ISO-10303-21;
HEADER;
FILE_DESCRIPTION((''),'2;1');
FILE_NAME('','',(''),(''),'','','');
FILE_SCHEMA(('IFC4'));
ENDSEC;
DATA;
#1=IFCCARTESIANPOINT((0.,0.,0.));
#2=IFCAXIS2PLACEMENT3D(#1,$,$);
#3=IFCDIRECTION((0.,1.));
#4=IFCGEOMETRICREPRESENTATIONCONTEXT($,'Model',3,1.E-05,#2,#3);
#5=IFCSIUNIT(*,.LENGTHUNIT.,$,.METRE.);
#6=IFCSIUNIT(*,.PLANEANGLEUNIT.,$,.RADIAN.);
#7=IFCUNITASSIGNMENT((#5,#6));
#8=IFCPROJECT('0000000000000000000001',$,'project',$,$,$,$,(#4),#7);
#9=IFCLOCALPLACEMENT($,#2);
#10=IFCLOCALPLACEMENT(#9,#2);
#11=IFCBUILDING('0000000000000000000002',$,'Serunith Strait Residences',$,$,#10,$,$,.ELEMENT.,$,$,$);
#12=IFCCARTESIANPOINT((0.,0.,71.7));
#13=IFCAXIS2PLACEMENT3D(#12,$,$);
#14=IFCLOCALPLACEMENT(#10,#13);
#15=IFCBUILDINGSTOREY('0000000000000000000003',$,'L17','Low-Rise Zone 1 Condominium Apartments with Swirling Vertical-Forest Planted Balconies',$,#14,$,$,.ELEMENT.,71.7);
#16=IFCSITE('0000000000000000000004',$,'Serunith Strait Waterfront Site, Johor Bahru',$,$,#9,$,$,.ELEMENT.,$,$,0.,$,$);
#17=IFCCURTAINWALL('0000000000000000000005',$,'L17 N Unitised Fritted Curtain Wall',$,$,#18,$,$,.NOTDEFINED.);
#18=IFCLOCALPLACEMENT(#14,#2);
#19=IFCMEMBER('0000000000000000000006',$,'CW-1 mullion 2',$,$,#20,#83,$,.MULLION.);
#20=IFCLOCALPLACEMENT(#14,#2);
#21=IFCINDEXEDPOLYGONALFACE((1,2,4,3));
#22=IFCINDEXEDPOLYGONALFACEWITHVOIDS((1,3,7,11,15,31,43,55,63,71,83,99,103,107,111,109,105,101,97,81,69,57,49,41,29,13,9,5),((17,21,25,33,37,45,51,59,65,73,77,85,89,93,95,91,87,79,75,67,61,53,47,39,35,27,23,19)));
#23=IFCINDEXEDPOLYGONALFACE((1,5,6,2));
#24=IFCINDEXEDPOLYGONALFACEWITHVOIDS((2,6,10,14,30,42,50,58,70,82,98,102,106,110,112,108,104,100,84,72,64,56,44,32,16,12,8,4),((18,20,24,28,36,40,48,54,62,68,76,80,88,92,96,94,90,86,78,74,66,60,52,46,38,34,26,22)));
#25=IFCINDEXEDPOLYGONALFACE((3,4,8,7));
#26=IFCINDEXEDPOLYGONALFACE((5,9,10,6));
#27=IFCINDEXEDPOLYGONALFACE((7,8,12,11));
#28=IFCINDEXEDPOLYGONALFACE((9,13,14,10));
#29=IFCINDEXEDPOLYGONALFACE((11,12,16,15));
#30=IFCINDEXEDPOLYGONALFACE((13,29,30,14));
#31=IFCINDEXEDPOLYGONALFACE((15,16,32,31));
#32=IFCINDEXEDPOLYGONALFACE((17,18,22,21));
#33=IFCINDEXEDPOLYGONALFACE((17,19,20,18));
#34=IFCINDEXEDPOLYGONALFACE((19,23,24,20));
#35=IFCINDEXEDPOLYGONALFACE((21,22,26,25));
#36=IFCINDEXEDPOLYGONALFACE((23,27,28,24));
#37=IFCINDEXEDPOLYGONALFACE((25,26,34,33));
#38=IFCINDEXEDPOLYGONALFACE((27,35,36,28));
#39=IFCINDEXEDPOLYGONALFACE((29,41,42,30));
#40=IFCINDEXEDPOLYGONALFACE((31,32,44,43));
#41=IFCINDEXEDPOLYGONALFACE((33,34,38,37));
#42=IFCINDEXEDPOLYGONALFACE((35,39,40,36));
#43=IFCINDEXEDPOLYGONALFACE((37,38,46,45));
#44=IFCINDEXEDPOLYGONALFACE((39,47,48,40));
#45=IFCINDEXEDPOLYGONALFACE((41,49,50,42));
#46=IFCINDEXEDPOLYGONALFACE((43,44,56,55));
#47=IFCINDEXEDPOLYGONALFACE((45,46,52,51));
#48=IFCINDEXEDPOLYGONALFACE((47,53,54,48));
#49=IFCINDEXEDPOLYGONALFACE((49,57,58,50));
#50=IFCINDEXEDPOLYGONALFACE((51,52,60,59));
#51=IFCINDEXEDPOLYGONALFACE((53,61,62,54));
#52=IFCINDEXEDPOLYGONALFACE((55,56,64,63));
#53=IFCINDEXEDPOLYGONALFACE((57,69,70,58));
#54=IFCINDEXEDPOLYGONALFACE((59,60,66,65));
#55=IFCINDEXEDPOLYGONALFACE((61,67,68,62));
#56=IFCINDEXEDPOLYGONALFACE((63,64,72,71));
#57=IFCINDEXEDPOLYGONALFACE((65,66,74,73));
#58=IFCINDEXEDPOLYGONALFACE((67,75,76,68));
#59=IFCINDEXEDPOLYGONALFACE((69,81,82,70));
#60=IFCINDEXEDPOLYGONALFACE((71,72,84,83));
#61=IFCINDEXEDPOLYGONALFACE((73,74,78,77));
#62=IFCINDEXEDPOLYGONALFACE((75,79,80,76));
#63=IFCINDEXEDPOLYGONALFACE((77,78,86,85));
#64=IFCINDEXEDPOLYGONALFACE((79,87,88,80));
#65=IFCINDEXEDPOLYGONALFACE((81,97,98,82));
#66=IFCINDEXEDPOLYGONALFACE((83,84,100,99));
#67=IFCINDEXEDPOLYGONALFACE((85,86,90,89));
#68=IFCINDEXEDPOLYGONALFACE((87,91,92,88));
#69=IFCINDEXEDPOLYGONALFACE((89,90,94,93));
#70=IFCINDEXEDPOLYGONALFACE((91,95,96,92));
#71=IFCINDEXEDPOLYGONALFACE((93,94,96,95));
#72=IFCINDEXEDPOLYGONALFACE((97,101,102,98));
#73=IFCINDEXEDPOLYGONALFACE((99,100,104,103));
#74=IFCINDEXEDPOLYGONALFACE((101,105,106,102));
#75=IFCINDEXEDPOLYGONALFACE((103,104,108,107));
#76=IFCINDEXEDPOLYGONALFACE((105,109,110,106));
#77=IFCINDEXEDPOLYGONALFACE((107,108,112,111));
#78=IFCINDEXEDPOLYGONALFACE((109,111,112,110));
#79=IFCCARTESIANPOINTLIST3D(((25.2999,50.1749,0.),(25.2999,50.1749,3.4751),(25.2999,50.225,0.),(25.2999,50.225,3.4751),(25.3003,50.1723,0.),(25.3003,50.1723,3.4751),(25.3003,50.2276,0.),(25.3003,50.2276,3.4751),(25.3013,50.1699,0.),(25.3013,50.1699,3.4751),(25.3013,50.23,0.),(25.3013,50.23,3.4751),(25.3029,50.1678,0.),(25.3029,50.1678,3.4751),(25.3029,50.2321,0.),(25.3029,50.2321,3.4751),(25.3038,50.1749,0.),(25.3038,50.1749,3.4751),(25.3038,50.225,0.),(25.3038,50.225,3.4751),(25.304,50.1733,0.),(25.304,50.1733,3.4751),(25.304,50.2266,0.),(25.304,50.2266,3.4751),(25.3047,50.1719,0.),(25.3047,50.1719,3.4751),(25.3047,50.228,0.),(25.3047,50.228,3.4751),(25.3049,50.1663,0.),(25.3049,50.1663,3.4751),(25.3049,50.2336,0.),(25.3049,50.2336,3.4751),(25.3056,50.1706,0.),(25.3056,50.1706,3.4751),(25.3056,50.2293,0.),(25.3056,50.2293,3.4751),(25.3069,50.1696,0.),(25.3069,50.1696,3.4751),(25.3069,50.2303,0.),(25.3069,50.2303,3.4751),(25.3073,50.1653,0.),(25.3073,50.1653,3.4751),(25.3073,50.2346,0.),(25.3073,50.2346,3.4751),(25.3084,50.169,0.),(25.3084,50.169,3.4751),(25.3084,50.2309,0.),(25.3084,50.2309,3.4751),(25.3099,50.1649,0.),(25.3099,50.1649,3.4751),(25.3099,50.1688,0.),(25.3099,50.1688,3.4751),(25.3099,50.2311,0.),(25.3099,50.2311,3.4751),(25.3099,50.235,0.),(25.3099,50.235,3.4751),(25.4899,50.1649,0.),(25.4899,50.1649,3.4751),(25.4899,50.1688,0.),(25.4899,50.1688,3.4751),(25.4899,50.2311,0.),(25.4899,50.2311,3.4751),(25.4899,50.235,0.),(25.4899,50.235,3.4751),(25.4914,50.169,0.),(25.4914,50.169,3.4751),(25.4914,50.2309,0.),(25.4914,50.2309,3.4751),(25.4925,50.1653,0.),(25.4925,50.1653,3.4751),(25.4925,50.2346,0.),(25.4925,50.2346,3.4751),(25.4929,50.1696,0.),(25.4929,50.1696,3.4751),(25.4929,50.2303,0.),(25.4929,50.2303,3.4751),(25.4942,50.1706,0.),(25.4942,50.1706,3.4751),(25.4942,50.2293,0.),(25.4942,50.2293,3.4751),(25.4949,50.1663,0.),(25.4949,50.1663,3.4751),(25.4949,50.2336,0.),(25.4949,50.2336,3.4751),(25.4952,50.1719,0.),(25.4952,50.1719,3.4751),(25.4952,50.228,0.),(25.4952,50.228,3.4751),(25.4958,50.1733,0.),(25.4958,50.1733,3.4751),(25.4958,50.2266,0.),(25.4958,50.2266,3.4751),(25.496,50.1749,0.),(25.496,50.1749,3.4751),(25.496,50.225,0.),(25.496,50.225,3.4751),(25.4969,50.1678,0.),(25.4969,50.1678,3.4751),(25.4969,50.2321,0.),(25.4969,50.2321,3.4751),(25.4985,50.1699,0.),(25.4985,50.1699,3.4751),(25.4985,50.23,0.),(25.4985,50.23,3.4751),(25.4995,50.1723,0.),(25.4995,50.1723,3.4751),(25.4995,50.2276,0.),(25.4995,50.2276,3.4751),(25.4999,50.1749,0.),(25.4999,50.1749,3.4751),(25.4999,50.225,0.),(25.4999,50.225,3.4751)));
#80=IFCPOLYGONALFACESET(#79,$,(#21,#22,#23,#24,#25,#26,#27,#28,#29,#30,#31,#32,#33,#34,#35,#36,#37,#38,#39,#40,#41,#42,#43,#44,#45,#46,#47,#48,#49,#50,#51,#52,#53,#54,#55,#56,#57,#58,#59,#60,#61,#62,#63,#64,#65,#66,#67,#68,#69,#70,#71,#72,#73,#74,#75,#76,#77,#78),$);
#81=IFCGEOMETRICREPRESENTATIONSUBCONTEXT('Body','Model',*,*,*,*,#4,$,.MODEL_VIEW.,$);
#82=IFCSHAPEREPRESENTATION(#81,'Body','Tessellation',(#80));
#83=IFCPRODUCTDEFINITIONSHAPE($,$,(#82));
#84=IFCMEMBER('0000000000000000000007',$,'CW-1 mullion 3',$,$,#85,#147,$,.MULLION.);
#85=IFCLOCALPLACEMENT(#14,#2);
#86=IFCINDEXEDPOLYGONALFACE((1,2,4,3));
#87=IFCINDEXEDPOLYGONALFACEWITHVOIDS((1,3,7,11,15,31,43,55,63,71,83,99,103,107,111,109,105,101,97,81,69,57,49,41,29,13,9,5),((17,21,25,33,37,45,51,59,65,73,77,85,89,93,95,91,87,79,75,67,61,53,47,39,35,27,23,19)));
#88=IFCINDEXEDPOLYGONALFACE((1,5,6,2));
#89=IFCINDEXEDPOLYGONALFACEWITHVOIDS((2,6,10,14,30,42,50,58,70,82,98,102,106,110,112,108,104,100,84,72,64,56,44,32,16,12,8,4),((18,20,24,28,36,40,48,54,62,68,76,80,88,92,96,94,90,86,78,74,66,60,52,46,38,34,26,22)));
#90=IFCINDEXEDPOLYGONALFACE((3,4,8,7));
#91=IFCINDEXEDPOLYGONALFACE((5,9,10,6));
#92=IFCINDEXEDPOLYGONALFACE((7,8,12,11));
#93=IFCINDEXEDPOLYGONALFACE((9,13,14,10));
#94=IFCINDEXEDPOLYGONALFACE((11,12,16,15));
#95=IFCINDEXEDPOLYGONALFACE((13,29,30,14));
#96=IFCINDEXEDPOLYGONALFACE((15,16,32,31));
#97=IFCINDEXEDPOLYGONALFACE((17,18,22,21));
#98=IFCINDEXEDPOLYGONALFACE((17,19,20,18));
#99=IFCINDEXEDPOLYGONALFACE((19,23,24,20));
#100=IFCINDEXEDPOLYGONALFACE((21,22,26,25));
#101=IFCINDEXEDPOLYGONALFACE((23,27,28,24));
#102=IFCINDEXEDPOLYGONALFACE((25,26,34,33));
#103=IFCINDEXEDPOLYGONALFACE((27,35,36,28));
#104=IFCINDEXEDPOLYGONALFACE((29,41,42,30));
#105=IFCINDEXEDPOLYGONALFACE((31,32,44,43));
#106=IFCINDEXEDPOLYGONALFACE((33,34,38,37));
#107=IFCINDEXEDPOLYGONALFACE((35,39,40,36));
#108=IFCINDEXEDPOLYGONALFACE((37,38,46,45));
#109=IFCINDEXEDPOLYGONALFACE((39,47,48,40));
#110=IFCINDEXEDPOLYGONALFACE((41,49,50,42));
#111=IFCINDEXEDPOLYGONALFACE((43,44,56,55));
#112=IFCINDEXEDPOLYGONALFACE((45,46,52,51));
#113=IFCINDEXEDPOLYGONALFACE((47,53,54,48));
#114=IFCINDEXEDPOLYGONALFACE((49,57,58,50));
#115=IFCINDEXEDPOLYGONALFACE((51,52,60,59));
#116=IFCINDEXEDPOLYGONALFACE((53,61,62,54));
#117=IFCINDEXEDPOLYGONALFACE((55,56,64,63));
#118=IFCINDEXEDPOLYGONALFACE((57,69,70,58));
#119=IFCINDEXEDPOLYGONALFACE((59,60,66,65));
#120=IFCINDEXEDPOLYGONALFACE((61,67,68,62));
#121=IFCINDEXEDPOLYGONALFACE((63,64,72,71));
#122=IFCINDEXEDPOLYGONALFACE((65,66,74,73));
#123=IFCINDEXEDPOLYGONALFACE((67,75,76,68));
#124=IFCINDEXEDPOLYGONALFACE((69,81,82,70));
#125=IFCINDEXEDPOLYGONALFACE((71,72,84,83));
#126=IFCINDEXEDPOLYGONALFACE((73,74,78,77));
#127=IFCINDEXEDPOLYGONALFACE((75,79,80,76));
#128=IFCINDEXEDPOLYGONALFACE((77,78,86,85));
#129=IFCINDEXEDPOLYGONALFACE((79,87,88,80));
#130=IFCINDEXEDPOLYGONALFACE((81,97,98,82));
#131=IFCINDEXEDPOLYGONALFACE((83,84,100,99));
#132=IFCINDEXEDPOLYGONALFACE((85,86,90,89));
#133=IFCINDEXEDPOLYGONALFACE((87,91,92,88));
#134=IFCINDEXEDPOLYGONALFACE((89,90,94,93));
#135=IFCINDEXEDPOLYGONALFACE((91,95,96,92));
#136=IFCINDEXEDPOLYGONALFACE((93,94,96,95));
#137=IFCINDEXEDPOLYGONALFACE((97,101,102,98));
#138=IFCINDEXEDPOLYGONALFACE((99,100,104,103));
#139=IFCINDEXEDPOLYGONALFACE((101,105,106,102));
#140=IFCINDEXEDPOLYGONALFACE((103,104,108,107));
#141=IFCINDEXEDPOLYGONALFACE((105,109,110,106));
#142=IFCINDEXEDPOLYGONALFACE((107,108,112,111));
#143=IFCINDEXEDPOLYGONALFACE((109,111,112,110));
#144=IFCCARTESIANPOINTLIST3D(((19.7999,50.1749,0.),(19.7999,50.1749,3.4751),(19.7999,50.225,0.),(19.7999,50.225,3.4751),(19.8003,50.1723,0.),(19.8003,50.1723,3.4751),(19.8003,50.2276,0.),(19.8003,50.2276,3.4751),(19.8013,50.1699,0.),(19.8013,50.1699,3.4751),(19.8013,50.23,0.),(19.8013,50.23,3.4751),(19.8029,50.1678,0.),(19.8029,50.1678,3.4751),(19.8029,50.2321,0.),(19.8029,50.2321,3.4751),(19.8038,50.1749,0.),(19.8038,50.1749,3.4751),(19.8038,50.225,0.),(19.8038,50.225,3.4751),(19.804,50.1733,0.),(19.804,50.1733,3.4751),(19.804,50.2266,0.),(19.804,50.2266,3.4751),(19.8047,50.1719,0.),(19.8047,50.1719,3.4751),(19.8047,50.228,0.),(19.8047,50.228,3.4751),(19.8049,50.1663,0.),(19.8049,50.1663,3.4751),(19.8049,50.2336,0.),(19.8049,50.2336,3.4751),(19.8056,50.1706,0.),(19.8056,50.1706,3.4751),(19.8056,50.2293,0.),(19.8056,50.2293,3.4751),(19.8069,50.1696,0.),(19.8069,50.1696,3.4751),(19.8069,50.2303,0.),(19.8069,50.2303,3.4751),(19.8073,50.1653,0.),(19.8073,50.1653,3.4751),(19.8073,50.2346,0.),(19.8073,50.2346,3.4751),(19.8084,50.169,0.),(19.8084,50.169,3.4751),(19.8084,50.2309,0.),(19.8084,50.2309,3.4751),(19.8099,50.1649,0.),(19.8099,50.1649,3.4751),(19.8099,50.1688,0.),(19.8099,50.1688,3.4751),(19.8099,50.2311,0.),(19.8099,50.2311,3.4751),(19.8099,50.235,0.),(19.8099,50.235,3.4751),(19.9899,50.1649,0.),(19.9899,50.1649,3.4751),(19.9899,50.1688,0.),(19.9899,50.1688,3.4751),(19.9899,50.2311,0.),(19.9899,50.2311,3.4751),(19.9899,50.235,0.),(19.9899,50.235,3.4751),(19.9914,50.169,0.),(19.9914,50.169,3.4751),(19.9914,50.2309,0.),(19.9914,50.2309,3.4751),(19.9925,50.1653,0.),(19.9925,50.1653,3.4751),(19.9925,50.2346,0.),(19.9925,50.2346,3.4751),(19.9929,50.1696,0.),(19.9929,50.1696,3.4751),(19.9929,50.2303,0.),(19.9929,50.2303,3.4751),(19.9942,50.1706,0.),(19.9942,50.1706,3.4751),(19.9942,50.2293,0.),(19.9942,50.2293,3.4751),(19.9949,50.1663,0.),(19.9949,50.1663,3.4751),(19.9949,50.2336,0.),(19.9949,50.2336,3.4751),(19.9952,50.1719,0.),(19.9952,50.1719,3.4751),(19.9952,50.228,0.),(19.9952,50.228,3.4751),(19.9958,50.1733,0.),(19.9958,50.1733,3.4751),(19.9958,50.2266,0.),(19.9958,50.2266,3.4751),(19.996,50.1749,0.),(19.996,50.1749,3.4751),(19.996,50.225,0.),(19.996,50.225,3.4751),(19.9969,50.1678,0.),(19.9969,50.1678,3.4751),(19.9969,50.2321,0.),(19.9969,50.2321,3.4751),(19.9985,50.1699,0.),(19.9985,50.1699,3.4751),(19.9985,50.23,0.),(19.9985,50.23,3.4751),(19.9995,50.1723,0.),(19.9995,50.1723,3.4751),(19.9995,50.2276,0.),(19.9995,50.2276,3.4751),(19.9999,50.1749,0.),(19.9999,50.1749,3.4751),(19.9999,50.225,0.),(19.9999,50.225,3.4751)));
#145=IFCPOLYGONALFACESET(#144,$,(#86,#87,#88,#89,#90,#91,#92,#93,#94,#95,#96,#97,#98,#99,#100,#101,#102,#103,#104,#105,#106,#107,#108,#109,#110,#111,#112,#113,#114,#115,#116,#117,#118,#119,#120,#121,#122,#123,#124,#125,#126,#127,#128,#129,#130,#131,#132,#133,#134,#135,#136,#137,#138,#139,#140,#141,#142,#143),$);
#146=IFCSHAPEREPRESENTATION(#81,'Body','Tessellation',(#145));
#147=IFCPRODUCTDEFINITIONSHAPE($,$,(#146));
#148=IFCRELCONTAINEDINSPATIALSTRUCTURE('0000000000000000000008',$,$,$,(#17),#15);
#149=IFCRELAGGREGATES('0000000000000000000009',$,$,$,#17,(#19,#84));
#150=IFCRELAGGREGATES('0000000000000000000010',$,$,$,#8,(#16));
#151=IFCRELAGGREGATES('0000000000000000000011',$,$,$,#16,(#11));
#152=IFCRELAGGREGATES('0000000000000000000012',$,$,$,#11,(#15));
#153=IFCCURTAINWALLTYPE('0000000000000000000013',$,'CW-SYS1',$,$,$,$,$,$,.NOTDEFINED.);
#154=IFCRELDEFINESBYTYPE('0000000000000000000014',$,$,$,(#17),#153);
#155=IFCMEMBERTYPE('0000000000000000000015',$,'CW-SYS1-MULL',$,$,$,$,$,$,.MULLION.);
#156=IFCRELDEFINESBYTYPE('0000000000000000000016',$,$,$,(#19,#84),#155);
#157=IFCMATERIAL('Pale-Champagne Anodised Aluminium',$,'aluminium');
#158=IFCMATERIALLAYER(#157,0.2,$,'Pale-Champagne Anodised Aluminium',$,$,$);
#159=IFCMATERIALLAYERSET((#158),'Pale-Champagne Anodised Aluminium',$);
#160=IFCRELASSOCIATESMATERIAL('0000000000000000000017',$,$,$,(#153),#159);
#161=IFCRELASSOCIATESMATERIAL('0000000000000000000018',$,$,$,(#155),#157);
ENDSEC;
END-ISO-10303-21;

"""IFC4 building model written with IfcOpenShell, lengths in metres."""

from ifc_helpers import new_model, si_unit, direction, frame, origin, origin_2d, place, context, subcontext, project, spatial, hollow_rectangle, extrude, source, transform, mapped, material, layer, layer_set, material_profile, profile_set, type_object, element, aggregate, save


model = new_model("IFC4")

# Units and contexts
model_context = context("Model", 3, precision=1e-05, world=origin(), true_north=direction((0.0, 1.0)))
body_context = subcontext(model_context, "Body", "Model", "MODEL_VIEW")
ifc_project = project(units=[si_unit("LENGTHUNIT", "METRE"), si_unit("PLANEANGLEUNIT", "RADIAN")], contexts=[model_context])

# Site, building, storey
site_placement = place(None, origin())
site = spatial("IfcSite", under=ifc_project, at=site_placement, Name="Serunith Strait Waterfront Site, Johor Bahru", CompositionType="ELEMENT", RefElevation=0.0)
building_placement = place(site_placement, origin())
building = spatial("IfcBuilding", under=site, at=building_placement, Name="Serunith Strait Residences", CompositionType="ELEMENT")
storey_placement = place(building_placement, frame((0.0, 0.0, 71.7)))
storey = spatial("IfcBuildingStorey", under=building, at=storey_placement, Name="L17", Description="Low-Rise Zone 1 Condominium Apartments with Swirling Vertical-Forest Planted Balconies", CompositionType="ELEMENT", Elevation=71.7)

# Curtain wall, members
ifc_material_1 = material(Name="Pale-Champagne Anodised Aluminium", Category="aluminium")
ifc_layer_1 = layer(ifc_material_1, 0.2, Name="Pale-Champagne Anodised Aluminium")
ifc_layer_set_1 = layer_set([ifc_layer_1], Name="Pale-Champagne Anodised Aluminium")
curtain_wall_type = type_object("IfcCurtainWallType", Name="CW-SYS1", PredefinedType="NOTDEFINED", material=ifc_layer_set_1)
curtain_wall_placement = place(storey_placement, origin())
curtain_wall = element("IfcCurtainWall", 1, at=curtain_wall_placement, inside=storey, type_object=curtain_wall_type, Name="L17 N Unitised Fritted Curtain Wall", PredefinedType="NOTDEFINED")
ifc_material_profile_1 = material_profile(ifc_material_1, hollow_rectangle(XDim=0.0701, YDim=0.2, WallThickness=0.0039, InnerFilletRadius=0.0061, OuterFilletRadius=0.01, at=origin_2d()), Name="ALU 200x70x4")
ifc_profile_set_1 = profile_set([ifc_material_profile_1], Name="Pale-Champagne Anodised Aluminium")
member_type_1 = type_object("IfcMemberType", Name="CW-SYS1-MULL", PredefinedType="MULLION", material=ifc_profile_set_1)
shared_shape_1 = source(origin(), body_context, "Body", "SweptSolid", [
    extrude(hollow_rectangle(XDim=0.0701, YDim=0.2, WallThickness=0.0039, InnerFilletRadius=0.0061, OuterFilletRadius=0.01, at=origin_2d()), origin(), (0.0, 0.0, 1.0), 3.4751),
])
member_1_placement = place(storey_placement, frame((25.3999, 50.2, 0.0), z_axis=(0.0, 0.0, 1.0), x_axis=(0.0, -1.0, 0.0)))
member_1 = element("IfcMember", 2, at=member_1_placement, type_object=member_type_1, Name="CW-1 mullion 2", PredefinedType="MULLION", context=body_context, shape_type="MappedRepresentation", body=[
    mapped(shared_shape_1, transform((0.0, 0.0, 0.0), scale=1.0)),
])
member_2_placement = place(storey_placement, frame((19.8999, 50.2, 0.0), z_axis=(0.0, 0.0, 1.0), x_axis=(0.0, -1.0, 0.0)))
member_2 = element("IfcMember", 3, at=member_2_placement, type_object=member_type_1, Name="CW-1 mullion 3", PredefinedType="MULLION", context=body_context, shape_type="MappedRepresentation", body=[
    mapped(shared_shape_1, transform((0.0, 0.0, 0.0), scale=1.0)),
])
aggregate(curtain_wall, [member_1, member_2])

save(model, "model.ifc")
